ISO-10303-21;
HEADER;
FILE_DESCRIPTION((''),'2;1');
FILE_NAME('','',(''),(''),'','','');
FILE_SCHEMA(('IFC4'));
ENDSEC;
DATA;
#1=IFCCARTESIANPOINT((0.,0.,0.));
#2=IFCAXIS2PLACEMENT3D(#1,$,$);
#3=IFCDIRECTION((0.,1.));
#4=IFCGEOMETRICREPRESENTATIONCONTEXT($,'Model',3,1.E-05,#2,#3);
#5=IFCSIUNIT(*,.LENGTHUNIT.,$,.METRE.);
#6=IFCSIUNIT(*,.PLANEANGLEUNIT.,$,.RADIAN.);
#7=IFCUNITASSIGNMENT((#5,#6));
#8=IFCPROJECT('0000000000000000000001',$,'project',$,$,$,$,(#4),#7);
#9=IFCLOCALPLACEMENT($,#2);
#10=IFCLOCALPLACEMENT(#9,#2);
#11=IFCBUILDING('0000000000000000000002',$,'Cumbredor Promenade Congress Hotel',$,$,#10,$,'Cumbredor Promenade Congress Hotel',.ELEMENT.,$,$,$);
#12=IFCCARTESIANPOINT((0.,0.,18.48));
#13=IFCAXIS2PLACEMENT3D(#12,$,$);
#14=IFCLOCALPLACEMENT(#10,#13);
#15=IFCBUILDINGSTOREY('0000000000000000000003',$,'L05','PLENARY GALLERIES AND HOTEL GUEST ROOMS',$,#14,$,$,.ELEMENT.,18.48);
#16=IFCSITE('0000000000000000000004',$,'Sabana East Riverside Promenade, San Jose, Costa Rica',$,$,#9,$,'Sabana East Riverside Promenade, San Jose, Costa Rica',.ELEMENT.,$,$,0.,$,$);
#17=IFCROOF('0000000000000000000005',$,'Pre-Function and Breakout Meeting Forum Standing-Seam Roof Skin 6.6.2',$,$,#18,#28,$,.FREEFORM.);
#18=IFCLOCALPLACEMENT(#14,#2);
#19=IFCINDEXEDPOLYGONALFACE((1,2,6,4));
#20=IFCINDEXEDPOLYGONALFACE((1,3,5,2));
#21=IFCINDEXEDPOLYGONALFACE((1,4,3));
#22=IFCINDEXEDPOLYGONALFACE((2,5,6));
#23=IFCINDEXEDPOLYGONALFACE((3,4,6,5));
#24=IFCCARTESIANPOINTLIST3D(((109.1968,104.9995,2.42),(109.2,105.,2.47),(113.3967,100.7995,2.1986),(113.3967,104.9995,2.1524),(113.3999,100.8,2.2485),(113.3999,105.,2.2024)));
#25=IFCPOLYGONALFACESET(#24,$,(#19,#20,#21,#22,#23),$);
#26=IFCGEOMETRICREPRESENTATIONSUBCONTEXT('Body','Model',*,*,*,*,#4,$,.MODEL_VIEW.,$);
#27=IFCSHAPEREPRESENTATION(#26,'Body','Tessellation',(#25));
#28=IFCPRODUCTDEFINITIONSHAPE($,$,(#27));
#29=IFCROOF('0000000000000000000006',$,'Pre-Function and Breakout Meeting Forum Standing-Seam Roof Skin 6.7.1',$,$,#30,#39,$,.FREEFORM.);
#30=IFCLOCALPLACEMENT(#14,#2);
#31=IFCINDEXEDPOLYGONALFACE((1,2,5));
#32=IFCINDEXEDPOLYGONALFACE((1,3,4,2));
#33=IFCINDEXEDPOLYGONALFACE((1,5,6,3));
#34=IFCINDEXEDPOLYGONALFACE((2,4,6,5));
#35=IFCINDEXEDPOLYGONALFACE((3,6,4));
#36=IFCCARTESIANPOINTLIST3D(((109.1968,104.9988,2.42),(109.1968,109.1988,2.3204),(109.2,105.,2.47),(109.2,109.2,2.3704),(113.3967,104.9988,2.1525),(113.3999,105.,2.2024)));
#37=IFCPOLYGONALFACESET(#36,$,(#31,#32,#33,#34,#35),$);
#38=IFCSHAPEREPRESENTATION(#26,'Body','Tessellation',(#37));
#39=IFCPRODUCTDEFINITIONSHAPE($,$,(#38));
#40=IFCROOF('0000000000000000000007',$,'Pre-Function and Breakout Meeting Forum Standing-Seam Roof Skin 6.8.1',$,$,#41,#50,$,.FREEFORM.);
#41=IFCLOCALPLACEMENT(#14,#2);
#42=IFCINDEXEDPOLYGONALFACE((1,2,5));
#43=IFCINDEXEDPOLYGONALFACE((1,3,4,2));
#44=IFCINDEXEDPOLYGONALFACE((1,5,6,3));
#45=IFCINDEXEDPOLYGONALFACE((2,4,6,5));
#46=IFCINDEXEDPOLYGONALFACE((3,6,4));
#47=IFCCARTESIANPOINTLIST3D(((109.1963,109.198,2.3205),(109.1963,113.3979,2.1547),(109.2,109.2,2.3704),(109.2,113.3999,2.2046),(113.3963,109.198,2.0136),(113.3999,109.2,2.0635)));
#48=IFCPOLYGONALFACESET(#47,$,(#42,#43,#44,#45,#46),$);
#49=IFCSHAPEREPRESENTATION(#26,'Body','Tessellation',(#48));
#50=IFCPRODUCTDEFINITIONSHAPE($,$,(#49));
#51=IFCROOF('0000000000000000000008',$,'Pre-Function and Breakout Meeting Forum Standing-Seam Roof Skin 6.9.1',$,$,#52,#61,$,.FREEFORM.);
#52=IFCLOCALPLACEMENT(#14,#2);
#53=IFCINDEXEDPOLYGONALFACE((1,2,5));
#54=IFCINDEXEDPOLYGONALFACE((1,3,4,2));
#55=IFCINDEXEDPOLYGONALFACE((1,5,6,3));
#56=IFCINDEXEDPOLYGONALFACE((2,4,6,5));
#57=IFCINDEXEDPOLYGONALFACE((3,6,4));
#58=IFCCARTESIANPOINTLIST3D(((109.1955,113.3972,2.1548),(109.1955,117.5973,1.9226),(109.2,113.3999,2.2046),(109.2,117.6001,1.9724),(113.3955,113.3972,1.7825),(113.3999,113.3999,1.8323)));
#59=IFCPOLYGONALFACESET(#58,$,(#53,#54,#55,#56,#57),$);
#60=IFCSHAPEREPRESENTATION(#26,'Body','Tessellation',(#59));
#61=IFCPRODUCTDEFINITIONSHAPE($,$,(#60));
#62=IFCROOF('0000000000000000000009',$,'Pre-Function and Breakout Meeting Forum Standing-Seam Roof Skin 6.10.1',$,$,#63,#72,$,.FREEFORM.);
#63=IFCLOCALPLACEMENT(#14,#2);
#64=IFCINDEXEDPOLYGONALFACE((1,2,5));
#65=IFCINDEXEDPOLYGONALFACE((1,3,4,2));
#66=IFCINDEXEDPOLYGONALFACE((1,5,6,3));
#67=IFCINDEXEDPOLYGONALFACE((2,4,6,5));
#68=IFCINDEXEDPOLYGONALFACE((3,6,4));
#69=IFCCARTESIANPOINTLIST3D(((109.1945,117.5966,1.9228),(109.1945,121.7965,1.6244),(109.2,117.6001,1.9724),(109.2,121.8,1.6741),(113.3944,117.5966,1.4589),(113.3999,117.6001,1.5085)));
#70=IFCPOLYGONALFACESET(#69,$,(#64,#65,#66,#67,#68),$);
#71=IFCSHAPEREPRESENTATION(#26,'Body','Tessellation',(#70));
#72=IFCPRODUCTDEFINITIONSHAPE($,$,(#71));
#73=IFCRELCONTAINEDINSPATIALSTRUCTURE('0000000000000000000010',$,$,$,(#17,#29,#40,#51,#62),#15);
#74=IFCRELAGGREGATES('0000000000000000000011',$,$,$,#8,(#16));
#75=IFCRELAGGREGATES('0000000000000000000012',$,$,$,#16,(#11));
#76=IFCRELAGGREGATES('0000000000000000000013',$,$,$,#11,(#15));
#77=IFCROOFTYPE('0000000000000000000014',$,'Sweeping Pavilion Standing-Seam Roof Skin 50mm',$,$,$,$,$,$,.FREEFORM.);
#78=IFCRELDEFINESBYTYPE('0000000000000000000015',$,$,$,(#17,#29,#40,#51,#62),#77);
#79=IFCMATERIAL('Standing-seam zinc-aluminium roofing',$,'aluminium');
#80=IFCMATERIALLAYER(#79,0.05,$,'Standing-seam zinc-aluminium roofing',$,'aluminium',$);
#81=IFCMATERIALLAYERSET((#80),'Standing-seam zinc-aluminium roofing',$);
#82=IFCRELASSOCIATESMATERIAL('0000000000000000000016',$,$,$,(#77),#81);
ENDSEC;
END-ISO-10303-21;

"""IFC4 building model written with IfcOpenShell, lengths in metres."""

from ifc_helpers import new_model, si_unit, direction, frame, origin, place, context, subcontext, project, spatial, polyline, outline, extrude, material, layer, layer_set, type_object, element, save


model = new_model("IFC4")

# Units and contexts
model_context = context("Model", 3, precision=1e-05, world=origin(), true_north=direction((0.0, 1.0)))
body_context = subcontext(model_context, "Body", "Model", "MODEL_VIEW")
ifc_project = project(units=[si_unit("LENGTHUNIT", "METRE"), si_unit("PLANEANGLEUNIT", "RADIAN")], contexts=[model_context])

# Site, building, storey
site_placement = place(None, origin())
site = spatial("IfcSite", under=ifc_project, at=site_placement, Name="Sabana East Riverside Promenade, San Jose, Costa Rica", LongName="Sabana East Riverside Promenade, San Jose, Costa Rica", CompositionType="ELEMENT", RefElevation=0.0)
building_placement = place(site_placement, origin())
building = spatial("IfcBuilding", under=site, at=building_placement, Name="Cumbredor Promenade Congress Hotel", LongName="Cumbredor Promenade Congress Hotel", CompositionType="ELEMENT")
storey_placement = place(building_placement, frame((0.0, 0.0, 18.48)))
storey = spatial("IfcBuildingStorey", under=building, at=storey_placement, Name="L05", Description="PLENARY GALLERIES AND HOTEL GUEST ROOMS", CompositionType="ELEMENT", Elevation=18.48)

# Roofs
ifc_material_1 = material(Name="Standing-seam zinc-aluminium roofing", Category="aluminium")
ifc_layer_1 = layer(ifc_material_1, 0.05, Name="Standing-seam zinc-aluminium roofing", Category="aluminium")
ifc_layer_set_1 = layer_set([ifc_layer_1], Name="Standing-seam zinc-aluminium roofing")
roof_type = type_object("IfcRoofType", Name="Sweeping Pavilion Standing-Seam Roof Skin 50mm", PredefinedType="FREEFORM", material=ifc_layer_set_1)
roof_1_placement = place(storey_placement, frame((113.3999, 100.8, 2.2485), z_axis=(0.063577, 0.010964, 0.997917), x_axis=(0.0, 0.99994, -0.010986)))
element("IfcRoof", 1, at=roof_1_placement, inside=storey, type_object=roof_type, Name="Pre-Function and Breakout Meeting Forum Standing-Seam Roof Skin 6.6.2", PredefinedType="FREEFORM", context=body_context, shape_type="SweptSolid", body=[
    extrude(outline(polyline([(0.0, 0.0), (4.2002, 0.0), (4.1973, 4.2085), (0.0, 0.0)])), origin(), (0.0, 0.0, -1.0), 0.05),
])
roof_2_placement = place(storey_placement, frame((109.2, 105.0, 2.47), z_axis=(0.063563, 0.023662, 0.997697), x_axis=(0.997977, 0.0, -0.063581)))
element("IfcRoof", 2, at=roof_2_placement, inside=storey, type_object=roof_type, Name="Pre-Function and Breakout Meeting Forum Standing-Seam Roof Skin 6.7.1", PredefinedType="FREEFORM", context=body_context, shape_type="SweptSolid", body=[
    extrude(outline(polyline([(0.0, 0.0), (4.2085, 0.0), (0.0063, 4.2011), (0.0, 0.0)])), origin(), (0.0, 0.0, -1.0), 0.05),
])
roof_3_placement = place(storey_placement, frame((109.2, 109.2, 2.3704), z_axis=(0.072818, 0.039334, 0.996569), x_axis=(0.997341, 0.0, -0.072874)))
element("IfcRoof", 3, at=roof_3_placement, inside=storey, type_object=roof_type, Name="Pre-Function and Breakout Meeting Forum Standing-Seam Roof Skin 6.8.1", PredefinedType="FREEFORM", context=body_context, shape_type="SweptSolid", body=[
    extrude(outline(polyline([(0.0, 0.0), (4.2111, 0.0), (0.0121, 4.2032), (0.0, 0.0)])), origin(), (0.0, 0.0, -1.0), 0.05),
])
roof_4_placement = place(storey_placement, frame((109.2, 113.3999, 2.2046), z_axis=(0.088168, 0.054979, 0.994587), x_axis=(0.996094, 0.0, -0.088301)))
element("IfcRoof", 4, at=roof_4_placement, inside=storey, type_object=roof_type, Name="Pre-Function and Breakout Meeting Forum Standing-Seam Roof Skin 6.9.1", PredefinedType="FREEFORM", context=body_context, shape_type="SweptSolid", body=[
    extrude(outline(polyline([(0.0, 0.0), (4.2164, 0.0), (0.0205, 4.2066), (0.0, 0.0)])), origin(), (0.0, 0.0, -1.0), 0.05),
])
roof_5_placement = place(storey_placement, frame((109.2, 117.6001, 1.9724), z_axis=(0.109506, 0.070429, 0.991488), x_axis=(0.993956, 0.0, -0.109778)))
element("IfcRoof", 5, at=roof_5_placement, inside=storey, type_object=roof_type, Name="Pre-Function and Breakout Meeting Forum Standing-Seam Roof Skin 6.10.1", PredefinedType="FREEFORM", context=body_context, shape_type="SweptSolid", body=[
    extrude(outline(polyline([(0.0, 0.0), (4.2255, 0.0), (0.0328, 4.2104), (0.0, 0.0)])), origin(), (0.0, 0.0, -1.0), 0.05),
])

save(model, "model.ifc")
